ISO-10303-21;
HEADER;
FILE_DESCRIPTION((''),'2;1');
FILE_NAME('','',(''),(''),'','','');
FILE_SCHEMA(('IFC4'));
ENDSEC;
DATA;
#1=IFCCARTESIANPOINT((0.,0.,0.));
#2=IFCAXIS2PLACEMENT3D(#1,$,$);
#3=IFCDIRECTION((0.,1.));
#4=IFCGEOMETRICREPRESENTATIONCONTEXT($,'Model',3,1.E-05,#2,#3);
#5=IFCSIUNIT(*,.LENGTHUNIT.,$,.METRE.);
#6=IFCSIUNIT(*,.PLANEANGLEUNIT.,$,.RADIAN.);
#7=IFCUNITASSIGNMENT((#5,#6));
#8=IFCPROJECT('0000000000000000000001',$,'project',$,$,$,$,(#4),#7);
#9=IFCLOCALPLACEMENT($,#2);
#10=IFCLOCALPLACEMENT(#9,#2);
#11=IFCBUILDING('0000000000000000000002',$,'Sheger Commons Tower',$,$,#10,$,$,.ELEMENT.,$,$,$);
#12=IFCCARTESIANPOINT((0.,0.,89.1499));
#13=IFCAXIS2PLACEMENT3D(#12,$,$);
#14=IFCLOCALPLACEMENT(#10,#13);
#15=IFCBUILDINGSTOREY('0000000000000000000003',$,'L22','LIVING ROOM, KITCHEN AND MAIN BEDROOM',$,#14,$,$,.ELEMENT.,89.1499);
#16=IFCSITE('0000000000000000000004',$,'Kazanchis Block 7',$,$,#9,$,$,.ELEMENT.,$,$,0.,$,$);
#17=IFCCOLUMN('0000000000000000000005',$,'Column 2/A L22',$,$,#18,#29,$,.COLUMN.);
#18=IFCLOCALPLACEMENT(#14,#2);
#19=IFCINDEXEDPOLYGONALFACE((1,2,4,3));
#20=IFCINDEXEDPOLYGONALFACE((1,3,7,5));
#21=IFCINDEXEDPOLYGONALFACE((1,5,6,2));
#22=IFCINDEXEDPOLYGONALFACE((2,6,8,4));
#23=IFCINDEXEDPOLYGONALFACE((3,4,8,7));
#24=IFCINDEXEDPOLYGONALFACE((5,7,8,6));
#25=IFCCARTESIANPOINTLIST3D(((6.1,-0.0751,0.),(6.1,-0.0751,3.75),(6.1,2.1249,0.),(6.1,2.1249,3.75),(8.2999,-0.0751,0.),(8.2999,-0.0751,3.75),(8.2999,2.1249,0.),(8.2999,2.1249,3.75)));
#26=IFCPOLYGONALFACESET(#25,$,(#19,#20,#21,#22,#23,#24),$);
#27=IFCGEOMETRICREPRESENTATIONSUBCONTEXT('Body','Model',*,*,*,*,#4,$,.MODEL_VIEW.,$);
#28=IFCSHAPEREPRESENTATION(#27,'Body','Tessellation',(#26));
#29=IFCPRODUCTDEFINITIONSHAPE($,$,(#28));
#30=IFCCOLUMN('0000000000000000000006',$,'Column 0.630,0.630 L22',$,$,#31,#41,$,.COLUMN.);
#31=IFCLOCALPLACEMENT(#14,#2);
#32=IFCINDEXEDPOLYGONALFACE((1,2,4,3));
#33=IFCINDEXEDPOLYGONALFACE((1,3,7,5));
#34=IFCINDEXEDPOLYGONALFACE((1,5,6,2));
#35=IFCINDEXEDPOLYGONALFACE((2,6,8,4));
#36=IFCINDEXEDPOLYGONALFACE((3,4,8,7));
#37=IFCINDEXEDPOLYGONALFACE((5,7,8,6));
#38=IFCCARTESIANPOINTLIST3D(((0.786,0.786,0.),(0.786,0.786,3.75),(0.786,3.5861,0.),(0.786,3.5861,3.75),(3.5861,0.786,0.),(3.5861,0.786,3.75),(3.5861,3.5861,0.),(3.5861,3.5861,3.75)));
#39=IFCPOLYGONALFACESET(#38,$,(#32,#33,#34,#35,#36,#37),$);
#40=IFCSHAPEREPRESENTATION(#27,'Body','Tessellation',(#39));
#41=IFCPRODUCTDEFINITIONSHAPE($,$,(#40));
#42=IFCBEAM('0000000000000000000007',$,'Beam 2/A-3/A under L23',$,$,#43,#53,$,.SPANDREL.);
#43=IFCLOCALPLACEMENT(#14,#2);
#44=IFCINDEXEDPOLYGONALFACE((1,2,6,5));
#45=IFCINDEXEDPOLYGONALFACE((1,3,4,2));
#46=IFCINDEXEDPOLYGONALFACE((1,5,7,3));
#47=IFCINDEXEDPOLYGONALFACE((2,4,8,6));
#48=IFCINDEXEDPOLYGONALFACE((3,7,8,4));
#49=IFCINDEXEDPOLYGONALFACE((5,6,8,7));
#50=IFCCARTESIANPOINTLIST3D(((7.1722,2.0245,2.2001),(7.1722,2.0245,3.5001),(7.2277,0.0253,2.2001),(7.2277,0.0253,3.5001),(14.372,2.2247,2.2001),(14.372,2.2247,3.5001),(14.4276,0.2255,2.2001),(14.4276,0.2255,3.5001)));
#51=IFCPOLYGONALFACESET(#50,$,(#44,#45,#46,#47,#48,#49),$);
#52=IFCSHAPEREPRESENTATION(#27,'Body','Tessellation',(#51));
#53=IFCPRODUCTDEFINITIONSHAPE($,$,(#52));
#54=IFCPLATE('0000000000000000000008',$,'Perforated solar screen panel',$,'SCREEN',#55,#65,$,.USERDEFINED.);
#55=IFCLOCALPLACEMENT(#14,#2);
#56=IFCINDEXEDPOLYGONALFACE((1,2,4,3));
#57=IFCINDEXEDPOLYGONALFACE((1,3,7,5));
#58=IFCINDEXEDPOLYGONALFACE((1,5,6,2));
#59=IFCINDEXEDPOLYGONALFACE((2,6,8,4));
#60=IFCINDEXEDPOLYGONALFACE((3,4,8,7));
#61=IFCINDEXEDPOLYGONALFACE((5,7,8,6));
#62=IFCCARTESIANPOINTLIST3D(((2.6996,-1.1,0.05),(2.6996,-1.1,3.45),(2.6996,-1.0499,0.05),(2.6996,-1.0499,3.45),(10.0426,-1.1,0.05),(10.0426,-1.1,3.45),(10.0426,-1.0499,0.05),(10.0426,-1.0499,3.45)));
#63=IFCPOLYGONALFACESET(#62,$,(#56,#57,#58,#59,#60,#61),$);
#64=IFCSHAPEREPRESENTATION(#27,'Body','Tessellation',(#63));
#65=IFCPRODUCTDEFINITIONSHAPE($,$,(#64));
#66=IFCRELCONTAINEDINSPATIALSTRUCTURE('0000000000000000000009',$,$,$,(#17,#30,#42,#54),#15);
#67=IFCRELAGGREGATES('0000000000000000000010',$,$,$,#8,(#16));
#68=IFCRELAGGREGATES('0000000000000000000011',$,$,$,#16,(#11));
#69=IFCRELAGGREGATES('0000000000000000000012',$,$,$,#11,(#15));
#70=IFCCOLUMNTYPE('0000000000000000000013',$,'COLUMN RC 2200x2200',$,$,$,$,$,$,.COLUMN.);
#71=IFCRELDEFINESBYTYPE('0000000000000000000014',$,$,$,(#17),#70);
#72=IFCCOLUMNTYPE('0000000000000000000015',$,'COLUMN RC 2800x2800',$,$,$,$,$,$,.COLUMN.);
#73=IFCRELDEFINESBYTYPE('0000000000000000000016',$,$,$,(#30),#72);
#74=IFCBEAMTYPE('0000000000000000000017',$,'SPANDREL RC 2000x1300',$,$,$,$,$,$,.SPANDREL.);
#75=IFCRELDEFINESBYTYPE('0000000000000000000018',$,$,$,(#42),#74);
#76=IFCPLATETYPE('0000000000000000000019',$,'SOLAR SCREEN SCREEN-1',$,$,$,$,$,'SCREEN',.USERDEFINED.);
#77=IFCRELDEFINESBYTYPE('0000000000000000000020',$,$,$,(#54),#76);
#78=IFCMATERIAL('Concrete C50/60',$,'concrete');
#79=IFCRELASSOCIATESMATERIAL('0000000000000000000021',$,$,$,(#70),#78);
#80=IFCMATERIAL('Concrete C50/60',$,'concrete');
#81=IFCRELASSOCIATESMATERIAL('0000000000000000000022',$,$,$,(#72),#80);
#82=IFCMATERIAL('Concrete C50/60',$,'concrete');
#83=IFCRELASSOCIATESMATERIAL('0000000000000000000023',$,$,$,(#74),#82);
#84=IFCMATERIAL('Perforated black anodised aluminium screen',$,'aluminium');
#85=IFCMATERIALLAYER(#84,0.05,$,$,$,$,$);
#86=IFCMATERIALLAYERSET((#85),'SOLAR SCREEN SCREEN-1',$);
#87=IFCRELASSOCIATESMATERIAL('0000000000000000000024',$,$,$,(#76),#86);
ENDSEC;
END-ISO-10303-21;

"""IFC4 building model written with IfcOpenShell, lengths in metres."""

from ifc_helpers import new_model, si_unit, direction, frame, origin, origin_2d, place, context, subcontext, project, spatial, rectangle, extrude, material, layer, layer_set, material_profile, profile_set, type_object, element, save


model = new_model("IFC4")

# Units and contexts
model_context = context("Model", 3, precision=1e-05, world=origin(), true_north=direction((0.0, 1.0)))
body_context = subcontext(model_context, "Body", "Model", "MODEL_VIEW")
ifc_project = project(units=[si_unit("LENGTHUNIT", "METRE"), si_unit("PLANEANGLEUNIT", "RADIAN")], contexts=[model_context])

# Site, building, storey
site_placement = place(None, origin())
site = spatial("IfcSite", under=ifc_project, at=site_placement, Name="Kazanchis Block 7", CompositionType="ELEMENT", RefElevation=0.0)
building_placement = place(site_placement, origin())
building = spatial("IfcBuilding", under=site, at=building_placement, Name="Sheger Commons Tower", CompositionType="ELEMENT")
storey_placement = place(building_placement, frame((0.0, 0.0, 89.1499)))
storey = spatial("IfcBuildingStorey", under=building, at=storey_placement, Name="L22", Description="LIVING ROOM, KITCHEN AND MAIN BEDROOM", CompositionType="ELEMENT", Elevation=89.1499)

# Columns
ifc_material_1 = material(Name="Concrete C50/60", Category="concrete")
ifc_material_profile_1 = material_profile(ifc_material_1, rectangle(XDim=2.2, YDim=2.2, at=origin_2d()), Name="RC 2200x2200")
ifc_profile_set_1 = profile_set([ifc_material_profile_1], Name="Concrete C50/60")
column_type_1 = type_object("IfcColumnType", Name="COLUMN RC 2200x2200", PredefinedType="COLUMN", material=ifc_profile_set_1)
column_1_placement = place(storey_placement, frame((7.2, 1.0249, 0.0), z_axis=(0.0, 0.0, 1.0), x_axis=(1.0, 0.0, 0.0)))
element("IfcColumn", 1, at=column_1_placement, inside=storey, type_object=column_type_1, Name="Column 2/A L22", PredefinedType="COLUMN", context=body_context, shape_type="SweptSolid", body=[
    extrude(rectangle(XDim=2.2, YDim=2.2, at=origin_2d()), origin(), (0.0, 0.0, 1.0), 3.75),
])
ifc_material_2 = material(Name="Concrete C50/60", Category="concrete")
ifc_material_profile_2 = material_profile(ifc_material_2, rectangle(XDim=2.8, YDim=2.8, at=origin_2d()), Name="RC 2800x2800")
ifc_profile_set_2 = profile_set([ifc_material_profile_2], Name="Concrete C50/60")
column_type_2 = type_object("IfcColumnType", Name="COLUMN RC 2800x2800", PredefinedType="COLUMN", material=ifc_profile_set_2)
column_2_placement = place(storey_placement, frame((2.186, 2.186, 0.0), z_axis=(0.0, 0.0, 1.0), x_axis=(1.0, 0.0, 0.0)))
element("IfcColumn", 2, at=column_2_placement, inside=storey, type_object=column_type_2, Name="Column 0.630,0.630 L22", PredefinedType="COLUMN", context=body_context, shape_type="SweptSolid", body=[
    extrude(rectangle(XDim=2.8, YDim=2.8, at=origin_2d()), origin(), (0.0, 0.0, 1.0), 3.75),
])

# Beam
ifc_material_3 = material(Name="Concrete C50/60", Category="concrete")
ifc_material_profile_3 = material_profile(ifc_material_3, rectangle(XDim=2.0, YDim=1.3, at=origin_2d()), Name="RC 2000x1300")
ifc_profile_set_3 = profile_set([ifc_material_profile_3], Name="Concrete C50/60")
beam_type = type_object("IfcBeamType", Name="SPANDREL RC 2000x1300", PredefinedType="SPANDREL", material=ifc_profile_set_3)
beam_placement = place(storey_placement, frame((7.2, 1.0249, 2.8501), z_axis=(0.999614, 0.027794, 0.0), x_axis=(-0.027794, 0.999614, 0.0)))
element("IfcBeam", 3, at=beam_placement, inside=storey, type_object=beam_type, Name="Beam 2/A-3/A under L23", PredefinedType="SPANDREL", context=body_context, shape_type="SweptSolid", body=[
    extrude(rectangle(XDim=2.0, YDim=1.3, at=origin_2d()), origin(), (0.0, 0.0, 1.0), 7.2026),
])

# Plate
ifc_material_4 = material(Name="Perforated black anodised aluminium screen", Category="aluminium")
ifc_layer_1 = layer(ifc_material_4, 0.05)
ifc_layer_set_1 = layer_set([ifc_layer_1], Name="SOLAR SCREEN SCREEN-1")
plate_type = type_object("IfcPlateType", Name="SOLAR SCREEN SCREEN-1", ElementType="SCREEN", PredefinedType="USERDEFINED", material=ifc_layer_set_1)
plate_placement = place(storey_placement, frame((6.3711, -1.075, 0.05), z_axis=(0.0, 0.0, 1.0), x_axis=(1.0, 0.0, 0.0)))
element("IfcPlate", 4, at=plate_placement, inside=storey, type_object=plate_type, Name="Perforated solar screen panel", ObjectType="SCREEN", PredefinedType="USERDEFINED", context=body_context, shape_type="SweptSolid", body=[
    extrude(rectangle(XDim=7.343, YDim=0.05, at=origin_2d()), origin(), (0.0, 0.0, 1.0), 3.3999),
])

save(model, "model.ifc")
